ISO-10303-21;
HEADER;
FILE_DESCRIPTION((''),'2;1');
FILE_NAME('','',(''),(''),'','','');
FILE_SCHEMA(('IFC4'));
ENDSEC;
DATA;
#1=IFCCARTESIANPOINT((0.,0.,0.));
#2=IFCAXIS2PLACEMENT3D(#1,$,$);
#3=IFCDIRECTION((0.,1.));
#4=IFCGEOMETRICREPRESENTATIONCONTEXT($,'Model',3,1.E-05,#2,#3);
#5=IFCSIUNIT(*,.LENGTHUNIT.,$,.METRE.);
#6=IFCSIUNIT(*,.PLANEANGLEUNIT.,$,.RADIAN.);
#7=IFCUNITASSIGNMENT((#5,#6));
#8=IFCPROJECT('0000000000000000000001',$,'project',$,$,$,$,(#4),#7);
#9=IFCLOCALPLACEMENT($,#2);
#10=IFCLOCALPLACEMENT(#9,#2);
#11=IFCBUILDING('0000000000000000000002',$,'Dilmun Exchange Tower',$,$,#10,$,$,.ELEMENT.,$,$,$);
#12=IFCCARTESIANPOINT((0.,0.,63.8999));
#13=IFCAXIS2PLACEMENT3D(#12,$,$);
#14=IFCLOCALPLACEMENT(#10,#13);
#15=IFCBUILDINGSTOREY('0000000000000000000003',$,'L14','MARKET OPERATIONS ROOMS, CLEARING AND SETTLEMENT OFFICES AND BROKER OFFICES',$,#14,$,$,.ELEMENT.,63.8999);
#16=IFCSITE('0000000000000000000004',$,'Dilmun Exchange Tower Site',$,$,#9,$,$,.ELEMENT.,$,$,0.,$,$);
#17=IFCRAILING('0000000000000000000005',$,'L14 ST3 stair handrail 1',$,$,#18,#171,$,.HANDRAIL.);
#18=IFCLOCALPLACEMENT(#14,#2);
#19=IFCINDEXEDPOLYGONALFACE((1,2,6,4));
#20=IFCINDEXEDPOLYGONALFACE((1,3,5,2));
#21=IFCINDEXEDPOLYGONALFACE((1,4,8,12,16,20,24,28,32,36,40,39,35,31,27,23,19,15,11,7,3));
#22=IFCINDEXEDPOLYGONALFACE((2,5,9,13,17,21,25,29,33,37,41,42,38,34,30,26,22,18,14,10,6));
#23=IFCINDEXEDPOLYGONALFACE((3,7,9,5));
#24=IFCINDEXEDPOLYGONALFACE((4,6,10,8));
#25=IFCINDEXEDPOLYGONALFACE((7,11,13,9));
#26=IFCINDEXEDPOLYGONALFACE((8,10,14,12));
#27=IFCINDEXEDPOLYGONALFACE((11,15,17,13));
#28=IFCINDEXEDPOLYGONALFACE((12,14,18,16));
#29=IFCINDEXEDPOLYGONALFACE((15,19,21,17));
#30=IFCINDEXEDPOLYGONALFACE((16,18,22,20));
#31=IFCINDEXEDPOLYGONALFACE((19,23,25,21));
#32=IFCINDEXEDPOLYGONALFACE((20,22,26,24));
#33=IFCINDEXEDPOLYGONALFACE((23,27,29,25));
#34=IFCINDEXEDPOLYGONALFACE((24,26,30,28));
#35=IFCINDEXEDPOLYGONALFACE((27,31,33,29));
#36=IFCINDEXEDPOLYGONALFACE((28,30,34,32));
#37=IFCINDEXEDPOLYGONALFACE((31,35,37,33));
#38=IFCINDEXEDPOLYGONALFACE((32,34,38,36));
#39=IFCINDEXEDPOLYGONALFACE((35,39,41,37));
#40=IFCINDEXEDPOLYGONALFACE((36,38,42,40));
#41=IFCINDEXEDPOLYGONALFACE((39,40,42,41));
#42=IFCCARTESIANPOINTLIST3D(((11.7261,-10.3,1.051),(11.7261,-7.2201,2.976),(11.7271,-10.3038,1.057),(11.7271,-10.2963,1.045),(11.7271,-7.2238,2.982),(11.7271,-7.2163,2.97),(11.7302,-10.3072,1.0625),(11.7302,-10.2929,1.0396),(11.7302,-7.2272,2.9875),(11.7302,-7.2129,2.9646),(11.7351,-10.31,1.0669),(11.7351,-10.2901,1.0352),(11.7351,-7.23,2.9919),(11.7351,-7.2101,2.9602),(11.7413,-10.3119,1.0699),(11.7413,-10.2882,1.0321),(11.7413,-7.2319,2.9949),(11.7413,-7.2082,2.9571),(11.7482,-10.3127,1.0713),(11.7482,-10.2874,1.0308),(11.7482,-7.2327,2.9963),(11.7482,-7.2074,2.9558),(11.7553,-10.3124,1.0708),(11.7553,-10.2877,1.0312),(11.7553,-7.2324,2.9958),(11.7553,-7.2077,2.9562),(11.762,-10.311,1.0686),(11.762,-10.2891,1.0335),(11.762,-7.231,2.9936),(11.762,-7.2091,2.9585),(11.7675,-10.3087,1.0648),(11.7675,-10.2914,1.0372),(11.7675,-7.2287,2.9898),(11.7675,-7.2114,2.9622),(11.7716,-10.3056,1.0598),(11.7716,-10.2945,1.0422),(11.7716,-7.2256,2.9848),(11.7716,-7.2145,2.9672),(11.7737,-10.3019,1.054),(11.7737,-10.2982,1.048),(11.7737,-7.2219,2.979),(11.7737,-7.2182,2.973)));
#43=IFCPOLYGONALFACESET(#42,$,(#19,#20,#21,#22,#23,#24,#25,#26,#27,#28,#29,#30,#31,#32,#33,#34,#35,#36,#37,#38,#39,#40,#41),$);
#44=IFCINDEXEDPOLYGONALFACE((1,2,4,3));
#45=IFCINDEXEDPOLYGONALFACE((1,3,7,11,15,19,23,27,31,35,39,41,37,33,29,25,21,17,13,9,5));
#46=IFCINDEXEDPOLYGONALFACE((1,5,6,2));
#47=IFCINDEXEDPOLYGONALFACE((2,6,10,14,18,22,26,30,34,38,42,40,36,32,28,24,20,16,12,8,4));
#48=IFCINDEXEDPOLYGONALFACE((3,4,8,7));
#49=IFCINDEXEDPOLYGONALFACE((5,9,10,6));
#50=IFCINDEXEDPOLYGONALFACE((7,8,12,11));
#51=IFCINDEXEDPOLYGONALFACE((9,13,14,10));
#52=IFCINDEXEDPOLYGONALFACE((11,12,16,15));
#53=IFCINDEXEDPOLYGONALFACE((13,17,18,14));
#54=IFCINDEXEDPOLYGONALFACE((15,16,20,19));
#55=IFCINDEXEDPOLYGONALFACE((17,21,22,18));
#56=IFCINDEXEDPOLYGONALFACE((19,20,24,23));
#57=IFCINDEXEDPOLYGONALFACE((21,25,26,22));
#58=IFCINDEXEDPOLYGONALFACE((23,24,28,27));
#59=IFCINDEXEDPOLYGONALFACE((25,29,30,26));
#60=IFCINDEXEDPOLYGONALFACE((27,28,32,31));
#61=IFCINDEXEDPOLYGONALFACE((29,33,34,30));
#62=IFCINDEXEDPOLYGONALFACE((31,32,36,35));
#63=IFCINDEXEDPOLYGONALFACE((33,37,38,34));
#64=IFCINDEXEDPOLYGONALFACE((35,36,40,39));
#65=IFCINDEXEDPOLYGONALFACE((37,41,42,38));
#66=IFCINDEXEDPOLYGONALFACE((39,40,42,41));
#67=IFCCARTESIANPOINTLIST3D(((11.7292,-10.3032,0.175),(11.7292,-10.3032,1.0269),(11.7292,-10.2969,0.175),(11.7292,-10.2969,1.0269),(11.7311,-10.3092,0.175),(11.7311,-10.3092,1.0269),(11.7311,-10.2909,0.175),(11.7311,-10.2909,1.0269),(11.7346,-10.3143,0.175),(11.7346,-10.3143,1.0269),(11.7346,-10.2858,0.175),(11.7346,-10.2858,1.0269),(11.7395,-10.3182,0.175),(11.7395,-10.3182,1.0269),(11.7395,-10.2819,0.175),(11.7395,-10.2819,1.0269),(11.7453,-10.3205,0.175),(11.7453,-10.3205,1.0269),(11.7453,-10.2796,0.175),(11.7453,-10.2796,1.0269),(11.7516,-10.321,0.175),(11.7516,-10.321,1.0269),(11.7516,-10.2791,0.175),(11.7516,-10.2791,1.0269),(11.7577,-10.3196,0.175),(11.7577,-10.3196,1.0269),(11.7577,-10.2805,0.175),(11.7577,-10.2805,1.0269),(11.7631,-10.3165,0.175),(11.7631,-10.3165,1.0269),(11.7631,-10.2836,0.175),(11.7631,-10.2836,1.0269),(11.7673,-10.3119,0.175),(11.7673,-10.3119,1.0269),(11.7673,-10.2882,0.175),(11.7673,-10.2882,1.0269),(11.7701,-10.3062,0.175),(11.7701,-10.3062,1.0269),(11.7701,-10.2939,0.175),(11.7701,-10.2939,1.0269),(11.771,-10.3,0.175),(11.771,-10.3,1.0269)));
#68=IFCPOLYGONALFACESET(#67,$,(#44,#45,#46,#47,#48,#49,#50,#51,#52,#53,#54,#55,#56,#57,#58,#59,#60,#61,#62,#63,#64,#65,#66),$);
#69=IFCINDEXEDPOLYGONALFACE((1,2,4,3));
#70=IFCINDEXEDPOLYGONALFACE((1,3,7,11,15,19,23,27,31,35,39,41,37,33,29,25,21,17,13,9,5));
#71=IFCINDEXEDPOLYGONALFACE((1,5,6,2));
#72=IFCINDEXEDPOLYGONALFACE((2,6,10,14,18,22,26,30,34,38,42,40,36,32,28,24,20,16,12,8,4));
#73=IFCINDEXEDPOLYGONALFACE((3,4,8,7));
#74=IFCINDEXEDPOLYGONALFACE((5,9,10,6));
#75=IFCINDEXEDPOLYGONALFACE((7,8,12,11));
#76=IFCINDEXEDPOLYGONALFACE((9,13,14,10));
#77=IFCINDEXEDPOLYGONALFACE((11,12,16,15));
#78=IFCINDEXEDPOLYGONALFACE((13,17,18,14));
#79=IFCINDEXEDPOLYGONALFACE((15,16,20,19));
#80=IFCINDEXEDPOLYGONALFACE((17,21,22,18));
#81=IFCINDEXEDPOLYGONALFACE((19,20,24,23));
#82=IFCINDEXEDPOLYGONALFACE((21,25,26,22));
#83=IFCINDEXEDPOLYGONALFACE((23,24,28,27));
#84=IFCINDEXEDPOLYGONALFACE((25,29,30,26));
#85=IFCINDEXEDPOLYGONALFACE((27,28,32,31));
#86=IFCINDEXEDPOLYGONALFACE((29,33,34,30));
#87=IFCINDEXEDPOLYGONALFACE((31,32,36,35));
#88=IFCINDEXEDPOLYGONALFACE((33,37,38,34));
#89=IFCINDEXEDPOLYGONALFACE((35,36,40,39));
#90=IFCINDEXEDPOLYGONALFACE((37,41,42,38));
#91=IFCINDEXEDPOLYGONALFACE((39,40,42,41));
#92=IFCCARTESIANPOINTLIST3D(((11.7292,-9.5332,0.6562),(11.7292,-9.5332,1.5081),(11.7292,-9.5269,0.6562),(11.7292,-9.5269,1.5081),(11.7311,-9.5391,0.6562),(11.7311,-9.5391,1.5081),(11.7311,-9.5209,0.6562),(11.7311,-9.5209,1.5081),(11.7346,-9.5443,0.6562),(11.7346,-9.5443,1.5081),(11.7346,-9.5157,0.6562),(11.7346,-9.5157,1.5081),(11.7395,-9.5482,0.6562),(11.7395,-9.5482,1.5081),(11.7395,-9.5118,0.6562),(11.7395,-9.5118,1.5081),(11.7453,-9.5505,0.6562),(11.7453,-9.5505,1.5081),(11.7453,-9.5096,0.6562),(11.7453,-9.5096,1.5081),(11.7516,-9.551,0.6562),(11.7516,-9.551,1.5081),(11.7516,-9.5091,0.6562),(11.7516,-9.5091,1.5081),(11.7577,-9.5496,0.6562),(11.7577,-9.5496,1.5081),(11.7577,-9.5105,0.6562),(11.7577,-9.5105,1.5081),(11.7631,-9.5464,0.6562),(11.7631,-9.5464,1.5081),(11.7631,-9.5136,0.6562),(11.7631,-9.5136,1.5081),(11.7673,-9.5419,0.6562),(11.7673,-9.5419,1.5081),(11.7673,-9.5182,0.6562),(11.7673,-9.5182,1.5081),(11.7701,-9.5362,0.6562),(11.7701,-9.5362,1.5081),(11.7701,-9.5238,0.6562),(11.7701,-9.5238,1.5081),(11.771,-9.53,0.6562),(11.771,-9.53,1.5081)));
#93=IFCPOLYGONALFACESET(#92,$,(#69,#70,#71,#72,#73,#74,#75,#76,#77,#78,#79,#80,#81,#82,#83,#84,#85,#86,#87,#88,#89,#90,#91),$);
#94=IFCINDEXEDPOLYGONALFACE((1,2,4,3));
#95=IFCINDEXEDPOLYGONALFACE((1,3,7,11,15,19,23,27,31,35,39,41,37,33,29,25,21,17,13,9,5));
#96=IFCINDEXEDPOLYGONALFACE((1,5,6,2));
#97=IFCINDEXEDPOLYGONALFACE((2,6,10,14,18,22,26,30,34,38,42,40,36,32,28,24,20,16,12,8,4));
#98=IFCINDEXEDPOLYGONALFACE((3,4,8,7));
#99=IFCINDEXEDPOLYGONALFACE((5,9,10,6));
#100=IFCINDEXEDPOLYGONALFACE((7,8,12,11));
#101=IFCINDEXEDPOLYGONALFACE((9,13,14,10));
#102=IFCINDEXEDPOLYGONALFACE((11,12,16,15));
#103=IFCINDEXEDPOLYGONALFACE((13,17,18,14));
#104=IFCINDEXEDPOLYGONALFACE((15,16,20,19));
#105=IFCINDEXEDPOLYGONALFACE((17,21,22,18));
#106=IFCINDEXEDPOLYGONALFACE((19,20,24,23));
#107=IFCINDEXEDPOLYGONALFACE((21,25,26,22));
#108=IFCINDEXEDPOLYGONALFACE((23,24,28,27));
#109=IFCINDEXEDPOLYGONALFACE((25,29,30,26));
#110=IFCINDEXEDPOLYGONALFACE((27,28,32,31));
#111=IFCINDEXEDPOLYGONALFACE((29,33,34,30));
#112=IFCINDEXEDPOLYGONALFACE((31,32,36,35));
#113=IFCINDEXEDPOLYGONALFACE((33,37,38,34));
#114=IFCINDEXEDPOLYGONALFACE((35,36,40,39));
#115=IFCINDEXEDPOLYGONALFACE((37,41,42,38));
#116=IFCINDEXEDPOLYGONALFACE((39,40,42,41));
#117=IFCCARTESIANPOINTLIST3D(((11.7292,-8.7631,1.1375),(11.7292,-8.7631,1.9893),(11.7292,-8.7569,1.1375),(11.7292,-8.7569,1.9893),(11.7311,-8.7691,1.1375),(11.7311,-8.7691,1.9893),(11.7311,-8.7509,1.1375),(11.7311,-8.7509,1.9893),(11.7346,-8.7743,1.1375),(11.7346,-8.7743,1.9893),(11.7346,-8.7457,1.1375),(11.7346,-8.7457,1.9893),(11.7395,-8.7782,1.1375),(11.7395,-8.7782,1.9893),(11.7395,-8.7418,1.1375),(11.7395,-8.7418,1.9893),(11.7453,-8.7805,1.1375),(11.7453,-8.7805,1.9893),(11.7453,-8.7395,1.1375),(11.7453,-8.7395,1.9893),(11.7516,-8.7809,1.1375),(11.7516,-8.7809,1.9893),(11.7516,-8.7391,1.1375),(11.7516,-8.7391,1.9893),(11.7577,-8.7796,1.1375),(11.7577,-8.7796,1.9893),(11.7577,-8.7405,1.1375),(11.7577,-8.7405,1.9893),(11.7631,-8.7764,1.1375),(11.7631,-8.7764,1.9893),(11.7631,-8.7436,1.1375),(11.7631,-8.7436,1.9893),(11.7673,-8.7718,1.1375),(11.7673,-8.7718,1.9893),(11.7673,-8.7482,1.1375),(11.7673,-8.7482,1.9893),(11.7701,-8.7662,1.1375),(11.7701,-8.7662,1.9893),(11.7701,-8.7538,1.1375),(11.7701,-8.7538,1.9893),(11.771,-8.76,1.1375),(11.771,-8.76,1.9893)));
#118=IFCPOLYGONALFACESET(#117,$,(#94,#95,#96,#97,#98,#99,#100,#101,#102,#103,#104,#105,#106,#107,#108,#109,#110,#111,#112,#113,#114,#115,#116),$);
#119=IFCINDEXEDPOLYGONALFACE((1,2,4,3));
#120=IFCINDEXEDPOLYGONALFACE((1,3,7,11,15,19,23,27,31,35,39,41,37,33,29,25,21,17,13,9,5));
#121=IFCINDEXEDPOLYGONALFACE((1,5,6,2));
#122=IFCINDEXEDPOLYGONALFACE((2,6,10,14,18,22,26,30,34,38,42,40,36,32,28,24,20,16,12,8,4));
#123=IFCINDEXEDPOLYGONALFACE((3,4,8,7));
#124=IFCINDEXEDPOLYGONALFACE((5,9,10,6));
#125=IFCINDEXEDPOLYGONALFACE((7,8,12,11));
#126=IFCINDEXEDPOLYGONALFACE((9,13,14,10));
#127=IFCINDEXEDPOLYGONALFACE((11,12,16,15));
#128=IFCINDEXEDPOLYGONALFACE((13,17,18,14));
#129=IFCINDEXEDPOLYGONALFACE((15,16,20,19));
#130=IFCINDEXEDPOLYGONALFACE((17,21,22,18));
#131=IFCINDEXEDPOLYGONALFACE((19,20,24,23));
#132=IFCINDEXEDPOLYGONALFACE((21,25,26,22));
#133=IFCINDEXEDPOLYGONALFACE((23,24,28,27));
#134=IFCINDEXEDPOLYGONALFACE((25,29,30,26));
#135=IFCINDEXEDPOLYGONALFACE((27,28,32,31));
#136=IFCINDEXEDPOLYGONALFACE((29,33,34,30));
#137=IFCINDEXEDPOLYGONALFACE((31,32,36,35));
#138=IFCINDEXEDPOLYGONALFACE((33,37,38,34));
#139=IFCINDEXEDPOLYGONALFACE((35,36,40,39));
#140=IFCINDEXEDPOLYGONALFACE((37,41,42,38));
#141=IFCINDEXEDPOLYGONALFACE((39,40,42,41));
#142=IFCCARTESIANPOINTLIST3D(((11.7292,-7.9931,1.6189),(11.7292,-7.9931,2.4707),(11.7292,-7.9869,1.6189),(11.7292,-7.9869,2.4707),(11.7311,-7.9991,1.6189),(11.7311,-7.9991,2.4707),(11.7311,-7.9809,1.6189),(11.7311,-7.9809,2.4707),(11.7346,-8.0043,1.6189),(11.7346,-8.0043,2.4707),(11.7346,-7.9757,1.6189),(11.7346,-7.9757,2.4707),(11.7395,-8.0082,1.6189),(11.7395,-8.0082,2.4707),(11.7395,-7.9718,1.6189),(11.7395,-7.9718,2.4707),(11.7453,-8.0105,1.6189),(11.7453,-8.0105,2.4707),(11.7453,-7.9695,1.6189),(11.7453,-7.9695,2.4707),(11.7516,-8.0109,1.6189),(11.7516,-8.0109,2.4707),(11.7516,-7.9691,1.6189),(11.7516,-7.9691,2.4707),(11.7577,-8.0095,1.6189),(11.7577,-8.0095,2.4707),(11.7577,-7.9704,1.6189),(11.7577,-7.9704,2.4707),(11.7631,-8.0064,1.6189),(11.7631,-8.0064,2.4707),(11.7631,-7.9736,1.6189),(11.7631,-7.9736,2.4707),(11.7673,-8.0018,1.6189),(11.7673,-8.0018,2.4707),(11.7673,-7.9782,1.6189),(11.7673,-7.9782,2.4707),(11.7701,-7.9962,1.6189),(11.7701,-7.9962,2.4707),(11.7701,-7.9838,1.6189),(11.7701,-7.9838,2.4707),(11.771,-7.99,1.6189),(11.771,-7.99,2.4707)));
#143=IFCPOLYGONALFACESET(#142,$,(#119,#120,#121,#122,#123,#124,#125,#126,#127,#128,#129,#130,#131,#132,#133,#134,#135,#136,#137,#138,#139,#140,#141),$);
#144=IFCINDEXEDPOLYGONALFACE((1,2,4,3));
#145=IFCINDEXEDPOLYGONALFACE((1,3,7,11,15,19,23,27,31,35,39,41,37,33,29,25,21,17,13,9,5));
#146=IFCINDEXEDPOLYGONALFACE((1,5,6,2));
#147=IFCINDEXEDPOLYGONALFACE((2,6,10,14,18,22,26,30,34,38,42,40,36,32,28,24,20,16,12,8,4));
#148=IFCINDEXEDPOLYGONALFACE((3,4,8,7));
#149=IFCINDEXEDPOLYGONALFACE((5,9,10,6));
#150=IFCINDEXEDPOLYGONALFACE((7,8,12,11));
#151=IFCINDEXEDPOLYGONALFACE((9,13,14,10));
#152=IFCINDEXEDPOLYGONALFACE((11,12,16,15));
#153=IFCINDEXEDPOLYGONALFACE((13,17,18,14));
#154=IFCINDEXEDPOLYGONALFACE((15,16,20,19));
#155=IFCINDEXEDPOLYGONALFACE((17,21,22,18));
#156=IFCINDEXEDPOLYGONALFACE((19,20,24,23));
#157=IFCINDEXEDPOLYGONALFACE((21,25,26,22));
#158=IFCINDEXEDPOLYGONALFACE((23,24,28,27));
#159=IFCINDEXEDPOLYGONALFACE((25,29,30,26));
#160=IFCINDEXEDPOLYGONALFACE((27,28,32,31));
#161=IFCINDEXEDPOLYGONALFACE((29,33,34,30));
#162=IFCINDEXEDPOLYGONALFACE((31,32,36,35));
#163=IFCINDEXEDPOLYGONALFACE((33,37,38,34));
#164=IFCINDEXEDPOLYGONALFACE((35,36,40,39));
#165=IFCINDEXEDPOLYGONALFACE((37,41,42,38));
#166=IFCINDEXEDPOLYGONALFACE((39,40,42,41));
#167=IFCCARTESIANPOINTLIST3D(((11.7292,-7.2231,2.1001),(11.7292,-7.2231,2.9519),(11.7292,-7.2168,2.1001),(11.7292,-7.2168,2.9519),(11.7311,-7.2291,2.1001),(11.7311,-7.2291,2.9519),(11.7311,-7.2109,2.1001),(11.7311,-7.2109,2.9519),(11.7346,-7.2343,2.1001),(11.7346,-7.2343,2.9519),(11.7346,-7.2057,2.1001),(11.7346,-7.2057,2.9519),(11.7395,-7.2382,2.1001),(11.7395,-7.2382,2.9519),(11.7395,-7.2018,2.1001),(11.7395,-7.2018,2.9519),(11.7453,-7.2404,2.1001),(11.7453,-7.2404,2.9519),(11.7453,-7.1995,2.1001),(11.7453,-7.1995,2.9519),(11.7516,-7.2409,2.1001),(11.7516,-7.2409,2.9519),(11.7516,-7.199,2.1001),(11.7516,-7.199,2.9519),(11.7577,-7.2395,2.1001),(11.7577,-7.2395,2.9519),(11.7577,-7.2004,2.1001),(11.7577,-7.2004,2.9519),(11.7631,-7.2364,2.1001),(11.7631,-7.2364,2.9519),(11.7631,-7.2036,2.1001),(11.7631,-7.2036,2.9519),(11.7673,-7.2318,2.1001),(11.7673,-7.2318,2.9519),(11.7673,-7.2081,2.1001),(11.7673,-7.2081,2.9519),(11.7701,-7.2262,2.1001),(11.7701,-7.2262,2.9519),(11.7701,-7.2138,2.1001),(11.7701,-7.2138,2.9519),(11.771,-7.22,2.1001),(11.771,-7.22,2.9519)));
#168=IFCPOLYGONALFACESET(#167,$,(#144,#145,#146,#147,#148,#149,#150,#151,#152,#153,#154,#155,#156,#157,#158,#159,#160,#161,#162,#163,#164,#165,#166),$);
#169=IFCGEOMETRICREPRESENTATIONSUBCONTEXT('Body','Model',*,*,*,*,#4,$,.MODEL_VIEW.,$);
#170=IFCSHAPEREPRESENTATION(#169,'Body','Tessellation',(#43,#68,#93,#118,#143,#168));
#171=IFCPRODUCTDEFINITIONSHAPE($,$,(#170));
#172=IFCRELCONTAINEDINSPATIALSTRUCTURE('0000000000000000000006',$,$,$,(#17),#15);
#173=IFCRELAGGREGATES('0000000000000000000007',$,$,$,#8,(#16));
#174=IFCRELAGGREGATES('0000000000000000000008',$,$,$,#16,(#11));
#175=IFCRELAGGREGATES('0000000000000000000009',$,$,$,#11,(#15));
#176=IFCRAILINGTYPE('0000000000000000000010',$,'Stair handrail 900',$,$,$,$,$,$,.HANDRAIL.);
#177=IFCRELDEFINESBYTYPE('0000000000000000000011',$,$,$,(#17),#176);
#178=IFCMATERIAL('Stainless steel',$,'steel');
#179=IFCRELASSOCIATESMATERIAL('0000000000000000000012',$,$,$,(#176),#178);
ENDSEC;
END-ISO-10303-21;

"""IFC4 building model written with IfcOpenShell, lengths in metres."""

from ifc_helpers import new_model, si_unit, direction, frame, origin, origin_2d, place, context, subcontext, project, spatial, circle, extrude, material, type_object, element, save


model = new_model("IFC4")

# Units and contexts
model_context = context("Model", 3, precision=1e-05, world=origin(), true_north=direction((0.0, 1.0)))
body_context = subcontext(model_context, "Body", "Model", "MODEL_VIEW")
ifc_project = project(units=[si_unit("LENGTHUNIT", "METRE"), si_unit("PLANEANGLEUNIT", "RADIAN")], contexts=[model_context])

# Site, building, storey
site_placement = place(None, origin())
site = spatial("IfcSite", under=ifc_project, at=site_placement, Name="Dilmun Exchange Tower Site", CompositionType="ELEMENT", RefElevation=0.0)
building_placement = place(site_placement, origin())
building = spatial("IfcBuilding", under=site, at=building_placement, Name="Dilmun Exchange Tower", CompositionType="ELEMENT")
storey_placement = place(building_placement, frame((0.0, 0.0, 63.8999)))
storey = spatial("IfcBuildingStorey", under=building, at=storey_placement, Name="L14", Description="MARKET OPERATIONS ROOMS, CLEARING AND SETTLEMENT OFFICES AND BROKER OFFICES", CompositionType="ELEMENT", Elevation=63.8999)

# Railing
ifc_material_1 = material(Name="Stainless steel", Category="steel")
railing_type = type_object("IfcRailingType", Name="Stair handrail 900", PredefinedType="HANDRAIL", material=ifc_material_1)
railing_placement = place(storey_placement, frame((11.75, -10.3, 0.175)))
element("IfcRailing", 1, at=railing_placement, inside=storey, type_object=railing_type, Name="L14 ST3 stair handrail 1", PredefinedType="HANDRAIL", context=body_context, shape_type="SweptSolid", body=[
    extrude(circle(Radius=0.0239, at=origin_2d()), frame((0.0, 0.0, 0.876), z_axis=(0.0, 0.847998, 0.529999), x_axis=(-1.0, 0.0, 0.0)), (0.0, 0.0, 1.0), 3.6321),
    extrude(circle(Radius=0.021, at=origin_2d()), origin(), (0.0, 0.0, 1.0), 0.8518),
    extrude(circle(Radius=0.021, at=origin_2d()), frame((0.0, 0.77, 0.4812)), (0.0, 0.0, 1.0), 0.8518),
    extrude(circle(Radius=0.021, at=origin_2d()), frame((0.0, 1.54, 0.9624)), (0.0, 0.0, 1.0), 0.8518),
    extrude(circle(Radius=0.021, at=origin_2d()), frame((0.0, 2.3101, 1.4438)), (0.0, 0.0, 1.0), 0.8518),
    extrude(circle(Radius=0.021, at=origin_2d()), frame((0.0, 3.0801, 1.925)), (0.0, 0.0, 1.0), 0.8518),
])

save(model, "model.ifc")
